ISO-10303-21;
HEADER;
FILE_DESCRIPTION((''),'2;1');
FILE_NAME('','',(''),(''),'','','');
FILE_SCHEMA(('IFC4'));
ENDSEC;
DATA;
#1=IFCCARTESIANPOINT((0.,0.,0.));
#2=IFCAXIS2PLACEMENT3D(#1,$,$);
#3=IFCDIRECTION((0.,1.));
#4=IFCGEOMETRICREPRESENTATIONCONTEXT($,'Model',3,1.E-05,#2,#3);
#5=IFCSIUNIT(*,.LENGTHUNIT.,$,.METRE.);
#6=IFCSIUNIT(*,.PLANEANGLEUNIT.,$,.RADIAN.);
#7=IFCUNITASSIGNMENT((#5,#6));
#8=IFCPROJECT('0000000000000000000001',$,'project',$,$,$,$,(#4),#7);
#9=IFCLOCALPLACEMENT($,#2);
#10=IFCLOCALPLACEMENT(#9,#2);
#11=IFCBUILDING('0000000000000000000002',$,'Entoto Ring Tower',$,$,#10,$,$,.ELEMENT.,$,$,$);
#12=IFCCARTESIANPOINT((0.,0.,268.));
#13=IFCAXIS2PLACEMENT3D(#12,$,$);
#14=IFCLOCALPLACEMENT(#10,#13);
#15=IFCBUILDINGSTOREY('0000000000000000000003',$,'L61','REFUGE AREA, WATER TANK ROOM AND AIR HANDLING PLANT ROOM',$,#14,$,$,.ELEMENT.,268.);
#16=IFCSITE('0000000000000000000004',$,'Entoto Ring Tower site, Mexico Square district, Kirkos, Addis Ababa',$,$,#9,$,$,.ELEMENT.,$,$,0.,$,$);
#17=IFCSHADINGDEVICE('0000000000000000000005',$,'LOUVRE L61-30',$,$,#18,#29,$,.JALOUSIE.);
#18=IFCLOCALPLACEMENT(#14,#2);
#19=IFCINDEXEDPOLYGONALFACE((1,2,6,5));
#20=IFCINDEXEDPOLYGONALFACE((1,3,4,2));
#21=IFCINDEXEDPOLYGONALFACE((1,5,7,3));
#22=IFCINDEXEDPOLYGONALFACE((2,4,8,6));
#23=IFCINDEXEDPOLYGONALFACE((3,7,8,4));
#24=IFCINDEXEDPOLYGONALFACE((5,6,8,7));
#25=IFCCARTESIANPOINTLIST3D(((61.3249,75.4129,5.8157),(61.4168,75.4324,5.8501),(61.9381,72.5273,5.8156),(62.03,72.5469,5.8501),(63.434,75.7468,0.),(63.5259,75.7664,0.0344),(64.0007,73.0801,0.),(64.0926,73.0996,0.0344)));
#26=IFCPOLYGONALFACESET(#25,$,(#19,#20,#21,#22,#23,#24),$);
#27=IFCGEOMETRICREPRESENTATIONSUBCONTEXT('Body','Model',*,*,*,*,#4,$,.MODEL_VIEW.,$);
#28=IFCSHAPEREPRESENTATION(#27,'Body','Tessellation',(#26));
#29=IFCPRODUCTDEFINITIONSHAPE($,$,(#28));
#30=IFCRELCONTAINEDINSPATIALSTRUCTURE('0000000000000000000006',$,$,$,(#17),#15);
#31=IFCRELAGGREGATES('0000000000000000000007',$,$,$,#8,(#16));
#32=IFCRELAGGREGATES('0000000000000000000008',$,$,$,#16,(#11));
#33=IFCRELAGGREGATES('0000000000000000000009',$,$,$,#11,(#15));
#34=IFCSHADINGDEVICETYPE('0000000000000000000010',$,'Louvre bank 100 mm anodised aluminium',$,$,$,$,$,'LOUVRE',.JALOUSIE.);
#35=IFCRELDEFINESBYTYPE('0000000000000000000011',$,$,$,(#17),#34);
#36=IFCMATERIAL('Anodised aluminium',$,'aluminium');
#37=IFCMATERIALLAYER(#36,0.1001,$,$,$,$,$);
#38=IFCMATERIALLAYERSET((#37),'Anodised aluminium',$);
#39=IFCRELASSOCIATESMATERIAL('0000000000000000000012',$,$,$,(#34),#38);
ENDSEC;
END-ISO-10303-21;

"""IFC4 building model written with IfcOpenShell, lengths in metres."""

from ifc_helpers import new_model, si_unit, direction, frame, origin, place, context, subcontext, project, spatial, polyline, outline, extrude, material, layer, layer_set, type_object, element, save


model = new_model("IFC4")

# Units and contexts
model_context = context("Model", 3, precision=1e-05, world=origin(), true_north=direction((0.0, 1.0)))
body_context = subcontext(model_context, "Body", "Model", "MODEL_VIEW")
ifc_project = project(units=[si_unit("LENGTHUNIT", "METRE"), si_unit("PLANEANGLEUNIT", "RADIAN")], contexts=[model_context])

# Site, building, storey
site_placement = place(None, origin())
site = spatial("IfcSite", under=ifc_project, at=site_placement, Name="Entoto Ring Tower site, Mexico Square district, Kirkos, Addis Ababa", CompositionType="ELEMENT", RefElevation=0.0)
building_placement = place(site_placement, origin())
building = spatial("IfcBuilding", under=site, at=building_placement, Name="Entoto Ring Tower", CompositionType="ELEMENT")
storey_placement = place(building_placement, frame((0.0, 0.0, 268.0)))
storey = spatial("IfcBuildingStorey", under=building, at=storey_placement, Name="L61", Description="REFUGE AREA, WATER TANK ROOM AND AIR HANDLING PLANT ROOM", CompositionType="ELEMENT", Elevation=268.0)

# Shading device
ifc_material_1 = material(Name="Anodised aluminium", Category="aluminium")
ifc_layer_1 = layer(ifc_material_1, 0.1001)
ifc_layer_set_1 = layer_set([ifc_layer_1], Name="Anodised aluminium")
shading_device_type = type_object("IfcShadingDeviceType", Name="Louvre bank 100 mm anodised aluminium", ElementType="LOUVRE", PredefinedType="JALOUSIE", material=ifc_layer_set_1)
shading_device_1_placement = place(storey_placement, frame((63.5259, 75.7664, 0.0344), z_axis=(0.918367, 0.195166, 0.344255), x_axis=(0.207869, -0.978157, 0.000008)))
element("IfcShadingDevice", 1, at=shading_device_1_placement, inside=storey, type_object=shading_device_type, Name="LOUVRE L61-30", PredefinedType="JALOUSIE", context=body_context, shape_type="SweptSolid", body=[
    extrude(outline(polyline([(0.0, 0.0), (2.7263, 0.0), (2.8383, -6.1943), (-0.1117, -6.1943), (0.0, 0.0)])), origin(), (0.0, 0.0, -1.0), 0.1001),
])

save(model, "model.ifc")
